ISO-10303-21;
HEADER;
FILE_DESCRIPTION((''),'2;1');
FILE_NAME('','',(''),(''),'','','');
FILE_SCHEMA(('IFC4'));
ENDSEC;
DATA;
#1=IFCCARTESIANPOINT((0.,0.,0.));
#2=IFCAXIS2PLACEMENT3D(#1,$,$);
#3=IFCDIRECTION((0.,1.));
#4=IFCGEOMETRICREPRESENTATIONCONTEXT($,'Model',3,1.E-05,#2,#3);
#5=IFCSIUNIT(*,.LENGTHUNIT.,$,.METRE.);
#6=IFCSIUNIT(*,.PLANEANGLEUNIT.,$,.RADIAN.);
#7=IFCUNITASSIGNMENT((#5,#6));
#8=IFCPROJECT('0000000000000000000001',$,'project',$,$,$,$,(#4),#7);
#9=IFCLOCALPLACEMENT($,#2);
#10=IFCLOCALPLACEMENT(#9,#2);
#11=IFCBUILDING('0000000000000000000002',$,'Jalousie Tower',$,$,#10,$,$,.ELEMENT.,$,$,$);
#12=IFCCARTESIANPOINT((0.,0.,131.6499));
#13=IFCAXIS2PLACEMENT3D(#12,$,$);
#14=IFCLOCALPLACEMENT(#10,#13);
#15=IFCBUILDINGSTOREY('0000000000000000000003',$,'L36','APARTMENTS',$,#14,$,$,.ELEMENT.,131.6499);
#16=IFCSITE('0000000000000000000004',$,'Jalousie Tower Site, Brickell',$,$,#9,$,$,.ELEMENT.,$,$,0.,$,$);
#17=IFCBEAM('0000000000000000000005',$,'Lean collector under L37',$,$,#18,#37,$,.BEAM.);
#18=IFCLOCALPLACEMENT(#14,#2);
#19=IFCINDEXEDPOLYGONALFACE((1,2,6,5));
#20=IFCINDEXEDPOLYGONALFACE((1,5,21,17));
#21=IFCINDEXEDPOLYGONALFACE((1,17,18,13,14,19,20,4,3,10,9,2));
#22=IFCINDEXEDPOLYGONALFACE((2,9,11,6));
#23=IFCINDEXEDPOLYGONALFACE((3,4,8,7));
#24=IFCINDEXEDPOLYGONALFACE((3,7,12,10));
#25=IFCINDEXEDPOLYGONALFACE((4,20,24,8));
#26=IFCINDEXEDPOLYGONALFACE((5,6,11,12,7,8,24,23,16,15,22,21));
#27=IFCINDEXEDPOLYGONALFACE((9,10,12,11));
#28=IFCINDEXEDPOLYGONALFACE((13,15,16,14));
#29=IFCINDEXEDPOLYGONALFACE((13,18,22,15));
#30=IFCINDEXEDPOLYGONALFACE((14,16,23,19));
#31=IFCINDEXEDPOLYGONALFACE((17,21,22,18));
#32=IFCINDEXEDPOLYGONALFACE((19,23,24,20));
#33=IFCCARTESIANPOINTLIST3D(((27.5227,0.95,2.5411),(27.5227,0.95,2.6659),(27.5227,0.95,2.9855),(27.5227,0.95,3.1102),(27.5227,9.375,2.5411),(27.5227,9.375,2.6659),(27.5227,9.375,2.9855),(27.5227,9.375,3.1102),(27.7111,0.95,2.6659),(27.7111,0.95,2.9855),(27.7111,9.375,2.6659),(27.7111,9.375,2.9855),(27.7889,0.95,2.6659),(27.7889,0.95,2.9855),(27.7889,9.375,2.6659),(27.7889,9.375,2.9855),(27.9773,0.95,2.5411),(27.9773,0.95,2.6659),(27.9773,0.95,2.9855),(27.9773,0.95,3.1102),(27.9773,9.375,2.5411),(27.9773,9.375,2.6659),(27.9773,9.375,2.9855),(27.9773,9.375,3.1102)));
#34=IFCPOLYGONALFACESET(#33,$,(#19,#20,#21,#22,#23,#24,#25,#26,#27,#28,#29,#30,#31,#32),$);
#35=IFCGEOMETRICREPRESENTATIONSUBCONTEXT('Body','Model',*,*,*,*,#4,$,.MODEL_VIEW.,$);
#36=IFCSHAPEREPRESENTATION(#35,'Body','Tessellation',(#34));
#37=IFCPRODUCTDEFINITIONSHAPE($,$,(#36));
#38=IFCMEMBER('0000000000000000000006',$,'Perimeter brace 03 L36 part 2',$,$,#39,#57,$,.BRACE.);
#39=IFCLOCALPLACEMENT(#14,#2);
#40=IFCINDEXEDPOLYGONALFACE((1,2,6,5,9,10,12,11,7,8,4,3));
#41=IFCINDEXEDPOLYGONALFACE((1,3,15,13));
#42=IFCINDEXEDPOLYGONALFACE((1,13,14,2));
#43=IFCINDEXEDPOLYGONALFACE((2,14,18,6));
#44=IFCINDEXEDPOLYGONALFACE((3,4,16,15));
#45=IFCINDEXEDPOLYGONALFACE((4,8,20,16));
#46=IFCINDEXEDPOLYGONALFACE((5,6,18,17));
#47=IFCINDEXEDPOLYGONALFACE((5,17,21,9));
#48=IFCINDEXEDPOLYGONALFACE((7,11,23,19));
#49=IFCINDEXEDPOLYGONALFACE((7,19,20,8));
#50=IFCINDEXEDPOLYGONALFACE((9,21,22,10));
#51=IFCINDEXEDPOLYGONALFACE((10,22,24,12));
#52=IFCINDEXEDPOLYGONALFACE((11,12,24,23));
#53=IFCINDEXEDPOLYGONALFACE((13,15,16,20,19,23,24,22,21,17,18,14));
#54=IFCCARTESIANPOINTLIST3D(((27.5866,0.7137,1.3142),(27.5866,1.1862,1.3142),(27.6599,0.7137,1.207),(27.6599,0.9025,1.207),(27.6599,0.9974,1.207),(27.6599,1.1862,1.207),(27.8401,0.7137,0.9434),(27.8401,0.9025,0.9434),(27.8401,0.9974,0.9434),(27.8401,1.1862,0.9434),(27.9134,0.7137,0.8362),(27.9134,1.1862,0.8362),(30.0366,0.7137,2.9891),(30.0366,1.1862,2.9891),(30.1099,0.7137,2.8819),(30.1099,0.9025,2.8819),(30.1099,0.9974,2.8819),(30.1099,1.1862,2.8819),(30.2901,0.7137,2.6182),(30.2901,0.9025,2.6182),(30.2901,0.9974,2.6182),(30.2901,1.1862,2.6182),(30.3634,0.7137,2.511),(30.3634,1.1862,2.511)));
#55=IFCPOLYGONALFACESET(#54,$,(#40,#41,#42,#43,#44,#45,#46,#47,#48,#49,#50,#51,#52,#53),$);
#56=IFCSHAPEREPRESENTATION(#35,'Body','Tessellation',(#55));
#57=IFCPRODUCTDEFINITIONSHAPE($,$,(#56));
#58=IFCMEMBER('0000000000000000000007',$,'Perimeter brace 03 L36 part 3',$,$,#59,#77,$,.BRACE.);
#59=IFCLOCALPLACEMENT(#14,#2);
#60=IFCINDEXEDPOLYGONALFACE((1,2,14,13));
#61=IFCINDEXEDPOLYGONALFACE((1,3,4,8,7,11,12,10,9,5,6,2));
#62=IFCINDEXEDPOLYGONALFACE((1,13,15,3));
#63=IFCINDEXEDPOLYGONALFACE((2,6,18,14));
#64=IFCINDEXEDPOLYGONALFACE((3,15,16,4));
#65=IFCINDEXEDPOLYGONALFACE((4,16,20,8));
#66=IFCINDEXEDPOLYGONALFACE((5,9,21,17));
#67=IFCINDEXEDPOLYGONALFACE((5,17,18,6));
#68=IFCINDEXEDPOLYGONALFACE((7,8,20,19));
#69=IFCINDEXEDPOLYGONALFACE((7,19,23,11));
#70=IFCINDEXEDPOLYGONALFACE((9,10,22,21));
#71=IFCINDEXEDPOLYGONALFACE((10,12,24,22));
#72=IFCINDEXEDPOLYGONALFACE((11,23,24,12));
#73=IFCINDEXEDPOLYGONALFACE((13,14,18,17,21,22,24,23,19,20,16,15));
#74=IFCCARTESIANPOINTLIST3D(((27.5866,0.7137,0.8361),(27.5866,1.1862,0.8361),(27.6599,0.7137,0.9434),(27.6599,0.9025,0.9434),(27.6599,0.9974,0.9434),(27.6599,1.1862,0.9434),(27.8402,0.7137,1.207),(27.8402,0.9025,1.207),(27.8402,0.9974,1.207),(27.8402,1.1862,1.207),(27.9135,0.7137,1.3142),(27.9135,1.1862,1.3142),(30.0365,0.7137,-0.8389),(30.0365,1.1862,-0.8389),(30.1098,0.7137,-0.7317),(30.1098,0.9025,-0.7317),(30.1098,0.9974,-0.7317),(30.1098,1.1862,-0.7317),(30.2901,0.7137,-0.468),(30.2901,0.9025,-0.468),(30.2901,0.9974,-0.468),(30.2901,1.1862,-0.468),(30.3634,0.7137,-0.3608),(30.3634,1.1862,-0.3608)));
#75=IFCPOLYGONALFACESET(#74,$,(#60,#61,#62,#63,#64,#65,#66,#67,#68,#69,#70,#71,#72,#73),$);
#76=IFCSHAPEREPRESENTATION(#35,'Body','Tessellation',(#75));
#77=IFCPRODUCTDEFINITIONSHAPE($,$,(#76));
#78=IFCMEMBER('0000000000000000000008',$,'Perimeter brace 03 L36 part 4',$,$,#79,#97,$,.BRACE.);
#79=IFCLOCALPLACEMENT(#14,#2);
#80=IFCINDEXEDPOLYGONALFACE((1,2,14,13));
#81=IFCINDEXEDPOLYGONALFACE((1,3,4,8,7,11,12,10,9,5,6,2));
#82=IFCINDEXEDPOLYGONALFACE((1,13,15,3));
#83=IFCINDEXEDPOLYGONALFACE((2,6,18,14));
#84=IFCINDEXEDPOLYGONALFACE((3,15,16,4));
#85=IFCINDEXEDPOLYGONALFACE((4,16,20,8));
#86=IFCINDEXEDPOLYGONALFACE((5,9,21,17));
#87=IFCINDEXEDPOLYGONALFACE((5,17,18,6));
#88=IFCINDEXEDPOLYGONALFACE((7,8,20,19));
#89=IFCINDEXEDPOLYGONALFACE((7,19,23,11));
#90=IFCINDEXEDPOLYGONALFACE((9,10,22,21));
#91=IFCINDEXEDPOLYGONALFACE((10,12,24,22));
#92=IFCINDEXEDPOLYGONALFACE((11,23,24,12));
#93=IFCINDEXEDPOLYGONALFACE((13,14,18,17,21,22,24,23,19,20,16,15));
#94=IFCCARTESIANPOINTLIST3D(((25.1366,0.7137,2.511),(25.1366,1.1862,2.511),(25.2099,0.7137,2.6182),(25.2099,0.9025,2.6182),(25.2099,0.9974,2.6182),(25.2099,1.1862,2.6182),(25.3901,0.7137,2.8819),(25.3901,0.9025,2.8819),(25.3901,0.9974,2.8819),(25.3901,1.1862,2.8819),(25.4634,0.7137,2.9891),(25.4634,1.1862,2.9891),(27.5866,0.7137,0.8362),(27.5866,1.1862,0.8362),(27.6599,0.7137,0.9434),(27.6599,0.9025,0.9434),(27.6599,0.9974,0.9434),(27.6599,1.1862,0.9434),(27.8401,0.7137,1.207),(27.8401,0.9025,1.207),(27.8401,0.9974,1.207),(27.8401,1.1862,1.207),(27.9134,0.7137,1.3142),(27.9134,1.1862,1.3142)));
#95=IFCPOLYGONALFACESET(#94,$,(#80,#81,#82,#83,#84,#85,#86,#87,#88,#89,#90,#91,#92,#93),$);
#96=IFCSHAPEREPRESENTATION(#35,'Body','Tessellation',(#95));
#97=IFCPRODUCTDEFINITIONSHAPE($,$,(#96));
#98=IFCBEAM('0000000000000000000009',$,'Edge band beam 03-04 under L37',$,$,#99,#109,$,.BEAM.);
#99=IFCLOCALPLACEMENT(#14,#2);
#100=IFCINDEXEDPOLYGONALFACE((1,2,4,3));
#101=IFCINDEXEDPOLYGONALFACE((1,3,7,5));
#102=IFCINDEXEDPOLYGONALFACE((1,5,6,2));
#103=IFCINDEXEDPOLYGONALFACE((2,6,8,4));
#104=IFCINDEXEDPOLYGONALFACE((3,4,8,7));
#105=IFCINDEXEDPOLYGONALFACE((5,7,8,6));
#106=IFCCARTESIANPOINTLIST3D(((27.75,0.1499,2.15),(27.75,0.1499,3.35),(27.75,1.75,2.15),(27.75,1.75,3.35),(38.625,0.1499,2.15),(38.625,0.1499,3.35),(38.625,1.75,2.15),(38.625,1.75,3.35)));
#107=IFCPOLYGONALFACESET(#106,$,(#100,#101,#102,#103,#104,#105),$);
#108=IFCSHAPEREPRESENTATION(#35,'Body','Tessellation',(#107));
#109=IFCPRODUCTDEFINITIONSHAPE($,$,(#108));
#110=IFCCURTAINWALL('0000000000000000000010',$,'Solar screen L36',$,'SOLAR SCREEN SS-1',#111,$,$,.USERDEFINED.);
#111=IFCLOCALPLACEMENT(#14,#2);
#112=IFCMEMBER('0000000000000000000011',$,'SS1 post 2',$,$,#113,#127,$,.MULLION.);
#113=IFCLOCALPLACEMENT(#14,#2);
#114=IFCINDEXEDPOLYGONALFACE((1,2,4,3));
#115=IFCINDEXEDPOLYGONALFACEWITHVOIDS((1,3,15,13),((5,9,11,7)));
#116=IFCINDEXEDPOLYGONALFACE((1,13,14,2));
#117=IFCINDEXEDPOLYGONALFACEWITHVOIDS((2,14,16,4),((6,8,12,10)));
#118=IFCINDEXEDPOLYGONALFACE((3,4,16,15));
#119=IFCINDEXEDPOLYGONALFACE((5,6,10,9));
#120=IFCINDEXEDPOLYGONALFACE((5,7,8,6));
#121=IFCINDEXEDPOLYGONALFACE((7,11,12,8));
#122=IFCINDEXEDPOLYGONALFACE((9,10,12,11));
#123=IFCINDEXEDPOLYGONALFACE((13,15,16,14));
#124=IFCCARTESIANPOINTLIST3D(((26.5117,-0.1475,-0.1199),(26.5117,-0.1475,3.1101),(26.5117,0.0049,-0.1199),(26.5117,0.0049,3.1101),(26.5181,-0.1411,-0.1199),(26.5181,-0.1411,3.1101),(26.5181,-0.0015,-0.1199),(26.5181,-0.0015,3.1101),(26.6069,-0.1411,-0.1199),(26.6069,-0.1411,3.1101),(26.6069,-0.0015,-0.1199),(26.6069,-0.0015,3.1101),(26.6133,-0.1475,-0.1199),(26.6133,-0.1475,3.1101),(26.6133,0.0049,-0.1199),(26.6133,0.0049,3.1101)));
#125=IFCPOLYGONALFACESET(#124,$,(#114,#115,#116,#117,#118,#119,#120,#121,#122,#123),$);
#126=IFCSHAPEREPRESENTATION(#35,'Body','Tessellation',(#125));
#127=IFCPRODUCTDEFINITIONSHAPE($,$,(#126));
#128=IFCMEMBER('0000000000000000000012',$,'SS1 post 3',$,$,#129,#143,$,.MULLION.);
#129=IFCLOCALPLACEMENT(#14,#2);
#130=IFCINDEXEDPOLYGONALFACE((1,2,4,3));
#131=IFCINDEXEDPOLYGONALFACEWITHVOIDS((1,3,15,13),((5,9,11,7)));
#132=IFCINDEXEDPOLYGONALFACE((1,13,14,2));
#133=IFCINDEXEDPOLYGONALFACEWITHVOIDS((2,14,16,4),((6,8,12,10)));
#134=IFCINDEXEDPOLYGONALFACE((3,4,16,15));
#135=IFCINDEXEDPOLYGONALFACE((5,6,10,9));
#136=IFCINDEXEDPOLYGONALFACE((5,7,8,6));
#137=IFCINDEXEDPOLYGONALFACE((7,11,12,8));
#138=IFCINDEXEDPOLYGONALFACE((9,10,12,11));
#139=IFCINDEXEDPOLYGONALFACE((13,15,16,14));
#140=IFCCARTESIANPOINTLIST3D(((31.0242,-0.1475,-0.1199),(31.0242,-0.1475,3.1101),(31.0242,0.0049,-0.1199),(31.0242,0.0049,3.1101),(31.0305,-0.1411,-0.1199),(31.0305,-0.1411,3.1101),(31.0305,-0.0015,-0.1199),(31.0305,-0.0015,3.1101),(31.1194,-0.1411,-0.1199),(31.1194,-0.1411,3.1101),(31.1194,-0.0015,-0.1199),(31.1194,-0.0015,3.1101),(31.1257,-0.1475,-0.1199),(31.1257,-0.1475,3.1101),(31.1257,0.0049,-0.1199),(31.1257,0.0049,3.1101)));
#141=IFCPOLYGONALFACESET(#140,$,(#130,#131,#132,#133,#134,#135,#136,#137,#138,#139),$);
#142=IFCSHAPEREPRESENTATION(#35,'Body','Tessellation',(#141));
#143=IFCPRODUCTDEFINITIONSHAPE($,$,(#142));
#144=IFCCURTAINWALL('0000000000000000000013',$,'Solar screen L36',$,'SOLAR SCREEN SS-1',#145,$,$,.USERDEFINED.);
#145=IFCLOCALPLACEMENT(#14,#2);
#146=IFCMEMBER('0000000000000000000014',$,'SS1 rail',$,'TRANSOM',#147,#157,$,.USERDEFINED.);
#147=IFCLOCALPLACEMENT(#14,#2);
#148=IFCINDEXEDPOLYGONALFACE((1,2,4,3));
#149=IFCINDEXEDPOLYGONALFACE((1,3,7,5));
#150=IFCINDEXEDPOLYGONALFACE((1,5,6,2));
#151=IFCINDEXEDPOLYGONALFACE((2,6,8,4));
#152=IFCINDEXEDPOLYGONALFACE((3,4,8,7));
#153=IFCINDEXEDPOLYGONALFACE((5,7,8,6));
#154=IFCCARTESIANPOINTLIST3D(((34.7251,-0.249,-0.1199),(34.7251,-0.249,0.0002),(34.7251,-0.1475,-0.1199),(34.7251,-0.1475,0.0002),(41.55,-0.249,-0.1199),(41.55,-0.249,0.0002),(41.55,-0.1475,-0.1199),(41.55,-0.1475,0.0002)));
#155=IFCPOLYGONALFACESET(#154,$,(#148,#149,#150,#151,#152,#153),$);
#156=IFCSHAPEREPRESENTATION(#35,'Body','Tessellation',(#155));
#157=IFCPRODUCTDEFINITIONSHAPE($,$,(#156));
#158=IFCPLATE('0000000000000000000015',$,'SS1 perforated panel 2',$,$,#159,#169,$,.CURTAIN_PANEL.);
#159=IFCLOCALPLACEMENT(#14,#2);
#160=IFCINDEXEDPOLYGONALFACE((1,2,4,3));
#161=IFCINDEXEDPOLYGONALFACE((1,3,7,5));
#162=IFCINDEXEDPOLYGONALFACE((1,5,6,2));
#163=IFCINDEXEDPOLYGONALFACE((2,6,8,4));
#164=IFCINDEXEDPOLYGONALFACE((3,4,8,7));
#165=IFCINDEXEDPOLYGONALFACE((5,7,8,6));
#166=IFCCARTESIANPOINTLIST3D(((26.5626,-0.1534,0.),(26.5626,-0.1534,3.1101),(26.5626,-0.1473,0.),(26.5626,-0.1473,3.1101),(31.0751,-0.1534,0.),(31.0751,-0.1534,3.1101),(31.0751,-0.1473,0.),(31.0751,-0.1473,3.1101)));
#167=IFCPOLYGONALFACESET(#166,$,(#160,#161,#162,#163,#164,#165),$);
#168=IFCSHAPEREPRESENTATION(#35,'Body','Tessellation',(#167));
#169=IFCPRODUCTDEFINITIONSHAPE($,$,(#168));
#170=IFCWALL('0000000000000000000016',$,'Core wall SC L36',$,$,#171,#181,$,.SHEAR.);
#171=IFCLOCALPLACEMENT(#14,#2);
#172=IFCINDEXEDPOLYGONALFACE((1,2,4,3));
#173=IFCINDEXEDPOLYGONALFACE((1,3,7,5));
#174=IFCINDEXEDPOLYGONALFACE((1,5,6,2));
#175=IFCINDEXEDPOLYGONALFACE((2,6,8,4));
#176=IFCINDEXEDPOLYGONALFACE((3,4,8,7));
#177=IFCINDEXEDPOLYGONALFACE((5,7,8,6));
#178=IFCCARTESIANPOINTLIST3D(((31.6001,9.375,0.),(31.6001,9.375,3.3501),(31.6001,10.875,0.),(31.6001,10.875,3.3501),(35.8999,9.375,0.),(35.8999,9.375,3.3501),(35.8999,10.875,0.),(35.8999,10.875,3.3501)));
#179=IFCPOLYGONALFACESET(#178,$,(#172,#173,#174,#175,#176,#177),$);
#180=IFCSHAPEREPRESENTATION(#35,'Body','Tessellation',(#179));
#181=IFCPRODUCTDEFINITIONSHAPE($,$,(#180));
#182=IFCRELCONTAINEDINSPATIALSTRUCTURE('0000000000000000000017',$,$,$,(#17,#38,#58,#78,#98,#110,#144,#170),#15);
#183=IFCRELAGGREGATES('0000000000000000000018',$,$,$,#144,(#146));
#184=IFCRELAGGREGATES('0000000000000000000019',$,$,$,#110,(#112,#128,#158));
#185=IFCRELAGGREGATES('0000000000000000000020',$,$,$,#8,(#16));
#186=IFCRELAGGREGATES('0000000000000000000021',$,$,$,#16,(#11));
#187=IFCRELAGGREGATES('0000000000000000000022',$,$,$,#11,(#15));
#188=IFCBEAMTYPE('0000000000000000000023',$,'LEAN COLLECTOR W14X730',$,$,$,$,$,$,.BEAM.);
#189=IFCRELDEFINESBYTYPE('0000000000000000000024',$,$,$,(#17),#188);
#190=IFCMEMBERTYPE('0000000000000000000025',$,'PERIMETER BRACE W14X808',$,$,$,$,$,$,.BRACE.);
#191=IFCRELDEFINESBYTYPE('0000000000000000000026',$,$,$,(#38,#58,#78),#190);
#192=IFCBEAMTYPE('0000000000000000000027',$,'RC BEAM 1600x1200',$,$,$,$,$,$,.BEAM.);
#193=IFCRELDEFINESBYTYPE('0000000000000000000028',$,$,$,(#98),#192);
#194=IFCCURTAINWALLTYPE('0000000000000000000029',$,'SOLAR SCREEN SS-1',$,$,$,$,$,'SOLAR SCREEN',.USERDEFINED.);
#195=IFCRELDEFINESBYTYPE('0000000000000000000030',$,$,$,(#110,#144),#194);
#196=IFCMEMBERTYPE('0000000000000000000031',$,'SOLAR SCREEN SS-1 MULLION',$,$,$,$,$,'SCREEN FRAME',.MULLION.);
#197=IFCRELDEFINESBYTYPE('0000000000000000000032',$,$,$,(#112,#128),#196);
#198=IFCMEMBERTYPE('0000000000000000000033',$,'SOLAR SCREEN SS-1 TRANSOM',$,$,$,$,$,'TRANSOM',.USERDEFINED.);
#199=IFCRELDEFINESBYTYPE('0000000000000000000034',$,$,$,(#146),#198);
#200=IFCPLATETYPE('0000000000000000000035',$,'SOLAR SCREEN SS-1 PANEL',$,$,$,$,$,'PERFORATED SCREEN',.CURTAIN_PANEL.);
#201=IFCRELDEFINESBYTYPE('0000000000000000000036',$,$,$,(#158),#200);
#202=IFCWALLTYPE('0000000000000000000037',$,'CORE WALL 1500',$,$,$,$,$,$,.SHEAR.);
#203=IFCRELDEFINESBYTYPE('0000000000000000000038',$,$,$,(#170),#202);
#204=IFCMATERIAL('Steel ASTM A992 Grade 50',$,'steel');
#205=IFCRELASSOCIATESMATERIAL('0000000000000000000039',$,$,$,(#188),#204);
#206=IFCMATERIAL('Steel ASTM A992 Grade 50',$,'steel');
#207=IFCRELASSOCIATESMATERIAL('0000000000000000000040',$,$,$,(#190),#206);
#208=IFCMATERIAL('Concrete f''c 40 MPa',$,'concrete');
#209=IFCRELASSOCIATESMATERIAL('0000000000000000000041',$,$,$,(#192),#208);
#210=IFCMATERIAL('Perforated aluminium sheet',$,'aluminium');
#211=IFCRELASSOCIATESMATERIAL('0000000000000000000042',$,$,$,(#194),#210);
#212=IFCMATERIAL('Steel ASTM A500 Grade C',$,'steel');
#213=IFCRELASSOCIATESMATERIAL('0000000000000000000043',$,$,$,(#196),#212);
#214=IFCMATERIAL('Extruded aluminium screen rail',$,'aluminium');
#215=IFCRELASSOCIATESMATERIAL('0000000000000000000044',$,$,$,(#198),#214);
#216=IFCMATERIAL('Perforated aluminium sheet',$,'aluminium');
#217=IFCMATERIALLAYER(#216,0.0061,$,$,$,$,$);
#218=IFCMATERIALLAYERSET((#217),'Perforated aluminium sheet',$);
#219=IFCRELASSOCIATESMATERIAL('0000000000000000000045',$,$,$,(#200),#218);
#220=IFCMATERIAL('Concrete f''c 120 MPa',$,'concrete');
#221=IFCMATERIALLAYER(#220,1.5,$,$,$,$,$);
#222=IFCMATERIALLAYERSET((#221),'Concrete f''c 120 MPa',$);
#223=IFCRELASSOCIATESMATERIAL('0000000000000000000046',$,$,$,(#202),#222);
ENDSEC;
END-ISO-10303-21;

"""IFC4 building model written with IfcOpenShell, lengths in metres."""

from ifc_helpers import new_model, si_unit, direction, frame, frame_2d, origin, origin_2d, place, context, subcontext, project, spatial, rectangle, hollow_rectangle, i_section, extrude, material, layer, layer_set, material_profile, profile_set, type_object, element, aggregate, save


model = new_model("IFC4")

# Units and contexts
model_context = context("Model", 3, precision=1e-05, world=origin(), true_north=direction((0.0, 1.0)))
body_context = subcontext(model_context, "Body", "Model", "MODEL_VIEW")
ifc_project = project(units=[si_unit("LENGTHUNIT", "METRE"), si_unit("PLANEANGLEUNIT", "RADIAN")], contexts=[model_context])

# Site, building, storey
site_placement = place(None, origin())
site = spatial("IfcSite", under=ifc_project, at=site_placement, Name="Jalousie Tower Site, Brickell", CompositionType="ELEMENT", RefElevation=0.0)
building_placement = place(site_placement, origin())
building = spatial("IfcBuilding", under=site, at=building_placement, Name="Jalousie Tower", CompositionType="ELEMENT")
storey_placement = place(building_placement, frame((0.0, 0.0, 131.6499)))
storey = spatial("IfcBuildingStorey", under=building, at=storey_placement, Name="L36", Description="APARTMENTS", CompositionType="ELEMENT", Elevation=131.6499)

# Beam
ifc_material_1 = material(Name="Steel ASTM A992 Grade 50", Category="steel")
ifc_material_profile_1 = material_profile(ifc_material_1, i_section(OverallWidth=0.4546, OverallDepth=0.5691, WebThickness=0.0779, FlangeThickness=0.1248, at=origin_2d()), Name="W14X730")
ifc_profile_set_1 = profile_set([ifc_material_profile_1], Name="Steel ASTM A992 Grade 50")
beam_type_1 = type_object("IfcBeamType", Name="LEAN COLLECTOR W14X730", PredefinedType="BEAM", material=ifc_profile_set_1)
beam_1_placement = place(storey_placement, frame((27.75, 0.95, 2.8257), z_axis=(0.0, 1.0, 0.0), x_axis=(-1.0, 0.0, 0.0)))
element("IfcBeam", 1, at=beam_1_placement, inside=storey, type_object=beam_type_1, Name="Lean collector under L37", PredefinedType="BEAM", context=body_context, shape_type="SweptSolid", body=[
    extrude(i_section(OverallWidth=0.4546, OverallDepth=0.5691, WebThickness=0.0779, FlangeThickness=0.1248, at=origin_2d()), origin(), (0.0, 0.0, 1.0), 8.425),
])

# Members
ifc_material_2 = material(Name="Steel ASTM A992 Grade 50", Category="steel")
ifc_material_profile_2 = material_profile(ifc_material_2, i_section(OverallWidth=0.4724, OverallDepth=0.5791, WebThickness=0.095, FlangeThickness=0.1299, at=origin_2d()), Name="W14X808")
ifc_profile_set_2 = profile_set([ifc_material_profile_2], Name="Steel ASTM A992 Grade 50")
member_type_1 = type_object("IfcMemberType", Name="PERIMETER BRACE W14X808", PredefinedType="BRACE", material=ifc_profile_set_2)
for number, where, z_axis, x_axis, name in (
    (2, (27.75, 0.95, 1.0752), (0.825539, 0.0, 0.564345), (0.0, 1.0, 0.0), "Perimeter brace 03 L36 part 2"),
    (3, (30.2, 0.95, -0.5999), (-0.825501, 0.0, 0.564401), (0.0, -1.0, 0.0), "Perimeter brace 03 L36 part 3"),
    (4, (27.75, 0.95, 1.0752), (-0.825539, 0.0, 0.564345), (0.0, -1.0, 0.0), "Perimeter brace 03 L36 part 4"),
):
    element("IfcMember", number, at=place(storey_placement, frame(where, z_axis=z_axis, x_axis=x_axis)), inside=storey, type_object=member_type_1, Name=name, PredefinedType="BRACE", context=body_context, shape_type="SweptSolid", body=[
        extrude(i_section(OverallWidth=0.4724, OverallDepth=0.5791, WebThickness=0.095, FlangeThickness=0.1299, at=origin_2d()), origin(), (0.0, 0.0, 1.0), 2.9678),
    ])

# Beam
ifc_material_3 = material(Name="Concrete f'c 40 MPa", Category="concrete")
ifc_material_profile_3 = material_profile(ifc_material_3, rectangle(XDim=1.6001, YDim=1.2, at=origin_2d()), Name="RC 1600x1200")
ifc_profile_set_3 = profile_set([ifc_material_profile_3], Name="Concrete f'c 40 MPa")
beam_type_2 = type_object("IfcBeamType", Name="RC BEAM 1600x1200", PredefinedType="BEAM", material=ifc_profile_set_3)
beam_2_placement = place(storey_placement, frame((27.75, 0.95, 2.75), z_axis=(1.0, 0.0, 0.0), x_axis=(0.0, 1.0, 0.0)))
element("IfcBeam", 5, at=beam_2_placement, inside=storey, type_object=beam_type_2, Name="Edge band beam 03-04 under L37", PredefinedType="BEAM", context=body_context, shape_type="SweptSolid", body=[
    extrude(rectangle(XDim=1.6001, YDim=1.2, at=origin_2d()), origin(), (0.0, 0.0, 1.0), 10.875),
])

# Curtain wall, members
ifc_material_4 = material(Name="Perforated aluminium sheet", Category="aluminium")
curtain_wall_type = type_object("IfcCurtainWallType", Name="SOLAR SCREEN SS-1", ElementType="SOLAR SCREEN", PredefinedType="USERDEFINED", material=ifc_material_4)
curtain_wall_1_placement = place(storey_placement, origin())
curtain_wall_1 = element("IfcCurtainWall", 6, at=curtain_wall_1_placement, inside=storey, type_object=curtain_wall_type, Name="Solar screen L36", ObjectType="SOLAR SCREEN SS-1", PredefinedType="USERDEFINED")
ifc_material_5 = material(Name="Steel ASTM A500 Grade C", Category="steel")
ifc_material_profile_4 = material_profile(ifc_material_5, hollow_rectangle(XDim=0.1016, YDim=0.1523, WallThickness=0.0063, at=origin_2d()), Name="HSS6X4X1/4")
ifc_profile_set_4 = profile_set([ifc_material_profile_4], Name="Steel ASTM A500 Grade C")
member_type_2 = type_object("IfcMemberType", Name="SOLAR SCREEN SS-1 MULLION", ElementType="SCREEN FRAME", PredefinedType="MULLION", material=ifc_profile_set_4)
member_1_placement = place(storey_placement, frame((26.5625, -0.0713, -0.1199), z_axis=(0.0, 0.0, 1.0), x_axis=(1.0, 0.0, 0.0)))
member_1 = element("IfcMember", 7, at=member_1_placement, type_object=member_type_2, Name="SS1 post 2", PredefinedType="MULLION", context=body_context, shape_type="SweptSolid", body=[
    extrude(hollow_rectangle(XDim=0.1016, YDim=0.1523, WallThickness=0.0063, at=origin_2d()), origin(), (0.0, 0.0, 1.0), 3.23),
])
member_2_placement = place(storey_placement, frame((31.075, -0.0713, -0.1199), z_axis=(0.0, 0.0, 1.0), x_axis=(1.0, 0.0, 0.0)))
member_2 = element("IfcMember", 8, at=member_2_placement, type_object=member_type_2, Name="SS1 post 3", PredefinedType="MULLION", context=body_context, shape_type="SweptSolid", body=[
    extrude(hollow_rectangle(XDim=0.1016, YDim=0.1523, WallThickness=0.0063, at=origin_2d()), origin(), (0.0, 0.0, 1.0), 3.23),
])

# Curtain wall, member
curtain_wall_2_placement = place(storey_placement, origin())
curtain_wall_2 = element("IfcCurtainWall", 9, at=curtain_wall_2_placement, inside=storey, type_object=curtain_wall_type, Name="Solar screen L36", ObjectType="SOLAR SCREEN SS-1", PredefinedType="USERDEFINED")
ifc_material_6 = material(Name="Extruded aluminium screen rail", Category="aluminium")
ifc_material_profile_5 = material_profile(ifc_material_6, rectangle(XDim=0.1016, YDim=0.1201, at=origin_2d()), Name="RAIL 102x120")
ifc_profile_set_5 = profile_set([ifc_material_profile_5], Name="Extruded aluminium screen rail")
member_type_3 = type_object("IfcMemberType", Name="SOLAR SCREEN SS-1 TRANSOM", ElementType="TRANSOM", PredefinedType="USERDEFINED", material=ifc_profile_set_5)
member_3_placement = place(storey_placement, frame((34.7251, -0.1982, -0.0598), z_axis=(1.0, 0.0, 0.0), x_axis=(0.0, 1.0, 0.0)))
member_3 = element("IfcMember", 10, at=member_3_placement, type_object=member_type_3, Name="SS1 rail", ObjectType="TRANSOM", PredefinedType="USERDEFINED", context=body_context, shape_type="SweptSolid", body=[
    extrude(rectangle(XDim=0.1016, YDim=0.1201, at=origin_2d()), origin(), (0.0, 0.0, 1.0), 6.825),
])
aggregate(curtain_wall_2, [member_3])

# Plate
ifc_material_7 = material(Name="Perforated aluminium sheet", Category="aluminium")
ifc_layer_1 = layer(ifc_material_7, 0.0061)
ifc_layer_set_1 = layer_set([ifc_layer_1], Name="Perforated aluminium sheet")
plate_type = type_object("IfcPlateType", Name="SOLAR SCREEN SS-1 PANEL", ElementType="PERFORATED SCREEN", PredefinedType="CURTAIN_PANEL", material=ifc_layer_set_1)
plate_placement = place(storey_placement, frame((28.8188, -0.1504, 0.0), z_axis=(0.0, 0.0, 1.0), x_axis=(1.0, 0.0, 0.0)))
plate = element("IfcPlate", 11, at=plate_placement, type_object=plate_type, Name="SS1 perforated panel 2", PredefinedType="CURTAIN_PANEL", context=body_context, shape_type="SweptSolid", body=[
    extrude(rectangle(XDim=4.5125, YDim=0.0061, at=origin_2d()), origin(), (0.0, 0.0, 1.0), 3.1101),
])
aggregate(curtain_wall_1, [member_1, member_2, plate])

# Wall
ifc_material_8 = material(Name="Concrete f'c 120 MPa", Category="concrete")
ifc_layer_2 = layer(ifc_material_8, 1.5)
ifc_layer_set_2 = layer_set([ifc_layer_2], Name="Concrete f'c 120 MPa")
wall_type_1 = type_object("IfcWallType", Name="CORE WALL 1500", PredefinedType="SHEAR", material=ifc_layer_set_2)
wall_1_placement = place(storey_placement, frame((31.6001, 10.125, 0.0), z_axis=(0.0, 0.0, 1.0), x_axis=(1.0, 0.0, 0.0)))
element("IfcWall", 12, at=wall_1_placement, inside=storey, type_object=wall_type_1, Name="Core wall SC L36", PredefinedType="SHEAR", context=body_context, shape_type="SweptSolid", body=[
    extrude(rectangle(XDim=4.2998, YDim=1.5, at=frame_2d((2.1499, 0.0))), origin(), (0.0, 0.0, 1.0), 3.3501),
])

save(model, "model.ifc")
